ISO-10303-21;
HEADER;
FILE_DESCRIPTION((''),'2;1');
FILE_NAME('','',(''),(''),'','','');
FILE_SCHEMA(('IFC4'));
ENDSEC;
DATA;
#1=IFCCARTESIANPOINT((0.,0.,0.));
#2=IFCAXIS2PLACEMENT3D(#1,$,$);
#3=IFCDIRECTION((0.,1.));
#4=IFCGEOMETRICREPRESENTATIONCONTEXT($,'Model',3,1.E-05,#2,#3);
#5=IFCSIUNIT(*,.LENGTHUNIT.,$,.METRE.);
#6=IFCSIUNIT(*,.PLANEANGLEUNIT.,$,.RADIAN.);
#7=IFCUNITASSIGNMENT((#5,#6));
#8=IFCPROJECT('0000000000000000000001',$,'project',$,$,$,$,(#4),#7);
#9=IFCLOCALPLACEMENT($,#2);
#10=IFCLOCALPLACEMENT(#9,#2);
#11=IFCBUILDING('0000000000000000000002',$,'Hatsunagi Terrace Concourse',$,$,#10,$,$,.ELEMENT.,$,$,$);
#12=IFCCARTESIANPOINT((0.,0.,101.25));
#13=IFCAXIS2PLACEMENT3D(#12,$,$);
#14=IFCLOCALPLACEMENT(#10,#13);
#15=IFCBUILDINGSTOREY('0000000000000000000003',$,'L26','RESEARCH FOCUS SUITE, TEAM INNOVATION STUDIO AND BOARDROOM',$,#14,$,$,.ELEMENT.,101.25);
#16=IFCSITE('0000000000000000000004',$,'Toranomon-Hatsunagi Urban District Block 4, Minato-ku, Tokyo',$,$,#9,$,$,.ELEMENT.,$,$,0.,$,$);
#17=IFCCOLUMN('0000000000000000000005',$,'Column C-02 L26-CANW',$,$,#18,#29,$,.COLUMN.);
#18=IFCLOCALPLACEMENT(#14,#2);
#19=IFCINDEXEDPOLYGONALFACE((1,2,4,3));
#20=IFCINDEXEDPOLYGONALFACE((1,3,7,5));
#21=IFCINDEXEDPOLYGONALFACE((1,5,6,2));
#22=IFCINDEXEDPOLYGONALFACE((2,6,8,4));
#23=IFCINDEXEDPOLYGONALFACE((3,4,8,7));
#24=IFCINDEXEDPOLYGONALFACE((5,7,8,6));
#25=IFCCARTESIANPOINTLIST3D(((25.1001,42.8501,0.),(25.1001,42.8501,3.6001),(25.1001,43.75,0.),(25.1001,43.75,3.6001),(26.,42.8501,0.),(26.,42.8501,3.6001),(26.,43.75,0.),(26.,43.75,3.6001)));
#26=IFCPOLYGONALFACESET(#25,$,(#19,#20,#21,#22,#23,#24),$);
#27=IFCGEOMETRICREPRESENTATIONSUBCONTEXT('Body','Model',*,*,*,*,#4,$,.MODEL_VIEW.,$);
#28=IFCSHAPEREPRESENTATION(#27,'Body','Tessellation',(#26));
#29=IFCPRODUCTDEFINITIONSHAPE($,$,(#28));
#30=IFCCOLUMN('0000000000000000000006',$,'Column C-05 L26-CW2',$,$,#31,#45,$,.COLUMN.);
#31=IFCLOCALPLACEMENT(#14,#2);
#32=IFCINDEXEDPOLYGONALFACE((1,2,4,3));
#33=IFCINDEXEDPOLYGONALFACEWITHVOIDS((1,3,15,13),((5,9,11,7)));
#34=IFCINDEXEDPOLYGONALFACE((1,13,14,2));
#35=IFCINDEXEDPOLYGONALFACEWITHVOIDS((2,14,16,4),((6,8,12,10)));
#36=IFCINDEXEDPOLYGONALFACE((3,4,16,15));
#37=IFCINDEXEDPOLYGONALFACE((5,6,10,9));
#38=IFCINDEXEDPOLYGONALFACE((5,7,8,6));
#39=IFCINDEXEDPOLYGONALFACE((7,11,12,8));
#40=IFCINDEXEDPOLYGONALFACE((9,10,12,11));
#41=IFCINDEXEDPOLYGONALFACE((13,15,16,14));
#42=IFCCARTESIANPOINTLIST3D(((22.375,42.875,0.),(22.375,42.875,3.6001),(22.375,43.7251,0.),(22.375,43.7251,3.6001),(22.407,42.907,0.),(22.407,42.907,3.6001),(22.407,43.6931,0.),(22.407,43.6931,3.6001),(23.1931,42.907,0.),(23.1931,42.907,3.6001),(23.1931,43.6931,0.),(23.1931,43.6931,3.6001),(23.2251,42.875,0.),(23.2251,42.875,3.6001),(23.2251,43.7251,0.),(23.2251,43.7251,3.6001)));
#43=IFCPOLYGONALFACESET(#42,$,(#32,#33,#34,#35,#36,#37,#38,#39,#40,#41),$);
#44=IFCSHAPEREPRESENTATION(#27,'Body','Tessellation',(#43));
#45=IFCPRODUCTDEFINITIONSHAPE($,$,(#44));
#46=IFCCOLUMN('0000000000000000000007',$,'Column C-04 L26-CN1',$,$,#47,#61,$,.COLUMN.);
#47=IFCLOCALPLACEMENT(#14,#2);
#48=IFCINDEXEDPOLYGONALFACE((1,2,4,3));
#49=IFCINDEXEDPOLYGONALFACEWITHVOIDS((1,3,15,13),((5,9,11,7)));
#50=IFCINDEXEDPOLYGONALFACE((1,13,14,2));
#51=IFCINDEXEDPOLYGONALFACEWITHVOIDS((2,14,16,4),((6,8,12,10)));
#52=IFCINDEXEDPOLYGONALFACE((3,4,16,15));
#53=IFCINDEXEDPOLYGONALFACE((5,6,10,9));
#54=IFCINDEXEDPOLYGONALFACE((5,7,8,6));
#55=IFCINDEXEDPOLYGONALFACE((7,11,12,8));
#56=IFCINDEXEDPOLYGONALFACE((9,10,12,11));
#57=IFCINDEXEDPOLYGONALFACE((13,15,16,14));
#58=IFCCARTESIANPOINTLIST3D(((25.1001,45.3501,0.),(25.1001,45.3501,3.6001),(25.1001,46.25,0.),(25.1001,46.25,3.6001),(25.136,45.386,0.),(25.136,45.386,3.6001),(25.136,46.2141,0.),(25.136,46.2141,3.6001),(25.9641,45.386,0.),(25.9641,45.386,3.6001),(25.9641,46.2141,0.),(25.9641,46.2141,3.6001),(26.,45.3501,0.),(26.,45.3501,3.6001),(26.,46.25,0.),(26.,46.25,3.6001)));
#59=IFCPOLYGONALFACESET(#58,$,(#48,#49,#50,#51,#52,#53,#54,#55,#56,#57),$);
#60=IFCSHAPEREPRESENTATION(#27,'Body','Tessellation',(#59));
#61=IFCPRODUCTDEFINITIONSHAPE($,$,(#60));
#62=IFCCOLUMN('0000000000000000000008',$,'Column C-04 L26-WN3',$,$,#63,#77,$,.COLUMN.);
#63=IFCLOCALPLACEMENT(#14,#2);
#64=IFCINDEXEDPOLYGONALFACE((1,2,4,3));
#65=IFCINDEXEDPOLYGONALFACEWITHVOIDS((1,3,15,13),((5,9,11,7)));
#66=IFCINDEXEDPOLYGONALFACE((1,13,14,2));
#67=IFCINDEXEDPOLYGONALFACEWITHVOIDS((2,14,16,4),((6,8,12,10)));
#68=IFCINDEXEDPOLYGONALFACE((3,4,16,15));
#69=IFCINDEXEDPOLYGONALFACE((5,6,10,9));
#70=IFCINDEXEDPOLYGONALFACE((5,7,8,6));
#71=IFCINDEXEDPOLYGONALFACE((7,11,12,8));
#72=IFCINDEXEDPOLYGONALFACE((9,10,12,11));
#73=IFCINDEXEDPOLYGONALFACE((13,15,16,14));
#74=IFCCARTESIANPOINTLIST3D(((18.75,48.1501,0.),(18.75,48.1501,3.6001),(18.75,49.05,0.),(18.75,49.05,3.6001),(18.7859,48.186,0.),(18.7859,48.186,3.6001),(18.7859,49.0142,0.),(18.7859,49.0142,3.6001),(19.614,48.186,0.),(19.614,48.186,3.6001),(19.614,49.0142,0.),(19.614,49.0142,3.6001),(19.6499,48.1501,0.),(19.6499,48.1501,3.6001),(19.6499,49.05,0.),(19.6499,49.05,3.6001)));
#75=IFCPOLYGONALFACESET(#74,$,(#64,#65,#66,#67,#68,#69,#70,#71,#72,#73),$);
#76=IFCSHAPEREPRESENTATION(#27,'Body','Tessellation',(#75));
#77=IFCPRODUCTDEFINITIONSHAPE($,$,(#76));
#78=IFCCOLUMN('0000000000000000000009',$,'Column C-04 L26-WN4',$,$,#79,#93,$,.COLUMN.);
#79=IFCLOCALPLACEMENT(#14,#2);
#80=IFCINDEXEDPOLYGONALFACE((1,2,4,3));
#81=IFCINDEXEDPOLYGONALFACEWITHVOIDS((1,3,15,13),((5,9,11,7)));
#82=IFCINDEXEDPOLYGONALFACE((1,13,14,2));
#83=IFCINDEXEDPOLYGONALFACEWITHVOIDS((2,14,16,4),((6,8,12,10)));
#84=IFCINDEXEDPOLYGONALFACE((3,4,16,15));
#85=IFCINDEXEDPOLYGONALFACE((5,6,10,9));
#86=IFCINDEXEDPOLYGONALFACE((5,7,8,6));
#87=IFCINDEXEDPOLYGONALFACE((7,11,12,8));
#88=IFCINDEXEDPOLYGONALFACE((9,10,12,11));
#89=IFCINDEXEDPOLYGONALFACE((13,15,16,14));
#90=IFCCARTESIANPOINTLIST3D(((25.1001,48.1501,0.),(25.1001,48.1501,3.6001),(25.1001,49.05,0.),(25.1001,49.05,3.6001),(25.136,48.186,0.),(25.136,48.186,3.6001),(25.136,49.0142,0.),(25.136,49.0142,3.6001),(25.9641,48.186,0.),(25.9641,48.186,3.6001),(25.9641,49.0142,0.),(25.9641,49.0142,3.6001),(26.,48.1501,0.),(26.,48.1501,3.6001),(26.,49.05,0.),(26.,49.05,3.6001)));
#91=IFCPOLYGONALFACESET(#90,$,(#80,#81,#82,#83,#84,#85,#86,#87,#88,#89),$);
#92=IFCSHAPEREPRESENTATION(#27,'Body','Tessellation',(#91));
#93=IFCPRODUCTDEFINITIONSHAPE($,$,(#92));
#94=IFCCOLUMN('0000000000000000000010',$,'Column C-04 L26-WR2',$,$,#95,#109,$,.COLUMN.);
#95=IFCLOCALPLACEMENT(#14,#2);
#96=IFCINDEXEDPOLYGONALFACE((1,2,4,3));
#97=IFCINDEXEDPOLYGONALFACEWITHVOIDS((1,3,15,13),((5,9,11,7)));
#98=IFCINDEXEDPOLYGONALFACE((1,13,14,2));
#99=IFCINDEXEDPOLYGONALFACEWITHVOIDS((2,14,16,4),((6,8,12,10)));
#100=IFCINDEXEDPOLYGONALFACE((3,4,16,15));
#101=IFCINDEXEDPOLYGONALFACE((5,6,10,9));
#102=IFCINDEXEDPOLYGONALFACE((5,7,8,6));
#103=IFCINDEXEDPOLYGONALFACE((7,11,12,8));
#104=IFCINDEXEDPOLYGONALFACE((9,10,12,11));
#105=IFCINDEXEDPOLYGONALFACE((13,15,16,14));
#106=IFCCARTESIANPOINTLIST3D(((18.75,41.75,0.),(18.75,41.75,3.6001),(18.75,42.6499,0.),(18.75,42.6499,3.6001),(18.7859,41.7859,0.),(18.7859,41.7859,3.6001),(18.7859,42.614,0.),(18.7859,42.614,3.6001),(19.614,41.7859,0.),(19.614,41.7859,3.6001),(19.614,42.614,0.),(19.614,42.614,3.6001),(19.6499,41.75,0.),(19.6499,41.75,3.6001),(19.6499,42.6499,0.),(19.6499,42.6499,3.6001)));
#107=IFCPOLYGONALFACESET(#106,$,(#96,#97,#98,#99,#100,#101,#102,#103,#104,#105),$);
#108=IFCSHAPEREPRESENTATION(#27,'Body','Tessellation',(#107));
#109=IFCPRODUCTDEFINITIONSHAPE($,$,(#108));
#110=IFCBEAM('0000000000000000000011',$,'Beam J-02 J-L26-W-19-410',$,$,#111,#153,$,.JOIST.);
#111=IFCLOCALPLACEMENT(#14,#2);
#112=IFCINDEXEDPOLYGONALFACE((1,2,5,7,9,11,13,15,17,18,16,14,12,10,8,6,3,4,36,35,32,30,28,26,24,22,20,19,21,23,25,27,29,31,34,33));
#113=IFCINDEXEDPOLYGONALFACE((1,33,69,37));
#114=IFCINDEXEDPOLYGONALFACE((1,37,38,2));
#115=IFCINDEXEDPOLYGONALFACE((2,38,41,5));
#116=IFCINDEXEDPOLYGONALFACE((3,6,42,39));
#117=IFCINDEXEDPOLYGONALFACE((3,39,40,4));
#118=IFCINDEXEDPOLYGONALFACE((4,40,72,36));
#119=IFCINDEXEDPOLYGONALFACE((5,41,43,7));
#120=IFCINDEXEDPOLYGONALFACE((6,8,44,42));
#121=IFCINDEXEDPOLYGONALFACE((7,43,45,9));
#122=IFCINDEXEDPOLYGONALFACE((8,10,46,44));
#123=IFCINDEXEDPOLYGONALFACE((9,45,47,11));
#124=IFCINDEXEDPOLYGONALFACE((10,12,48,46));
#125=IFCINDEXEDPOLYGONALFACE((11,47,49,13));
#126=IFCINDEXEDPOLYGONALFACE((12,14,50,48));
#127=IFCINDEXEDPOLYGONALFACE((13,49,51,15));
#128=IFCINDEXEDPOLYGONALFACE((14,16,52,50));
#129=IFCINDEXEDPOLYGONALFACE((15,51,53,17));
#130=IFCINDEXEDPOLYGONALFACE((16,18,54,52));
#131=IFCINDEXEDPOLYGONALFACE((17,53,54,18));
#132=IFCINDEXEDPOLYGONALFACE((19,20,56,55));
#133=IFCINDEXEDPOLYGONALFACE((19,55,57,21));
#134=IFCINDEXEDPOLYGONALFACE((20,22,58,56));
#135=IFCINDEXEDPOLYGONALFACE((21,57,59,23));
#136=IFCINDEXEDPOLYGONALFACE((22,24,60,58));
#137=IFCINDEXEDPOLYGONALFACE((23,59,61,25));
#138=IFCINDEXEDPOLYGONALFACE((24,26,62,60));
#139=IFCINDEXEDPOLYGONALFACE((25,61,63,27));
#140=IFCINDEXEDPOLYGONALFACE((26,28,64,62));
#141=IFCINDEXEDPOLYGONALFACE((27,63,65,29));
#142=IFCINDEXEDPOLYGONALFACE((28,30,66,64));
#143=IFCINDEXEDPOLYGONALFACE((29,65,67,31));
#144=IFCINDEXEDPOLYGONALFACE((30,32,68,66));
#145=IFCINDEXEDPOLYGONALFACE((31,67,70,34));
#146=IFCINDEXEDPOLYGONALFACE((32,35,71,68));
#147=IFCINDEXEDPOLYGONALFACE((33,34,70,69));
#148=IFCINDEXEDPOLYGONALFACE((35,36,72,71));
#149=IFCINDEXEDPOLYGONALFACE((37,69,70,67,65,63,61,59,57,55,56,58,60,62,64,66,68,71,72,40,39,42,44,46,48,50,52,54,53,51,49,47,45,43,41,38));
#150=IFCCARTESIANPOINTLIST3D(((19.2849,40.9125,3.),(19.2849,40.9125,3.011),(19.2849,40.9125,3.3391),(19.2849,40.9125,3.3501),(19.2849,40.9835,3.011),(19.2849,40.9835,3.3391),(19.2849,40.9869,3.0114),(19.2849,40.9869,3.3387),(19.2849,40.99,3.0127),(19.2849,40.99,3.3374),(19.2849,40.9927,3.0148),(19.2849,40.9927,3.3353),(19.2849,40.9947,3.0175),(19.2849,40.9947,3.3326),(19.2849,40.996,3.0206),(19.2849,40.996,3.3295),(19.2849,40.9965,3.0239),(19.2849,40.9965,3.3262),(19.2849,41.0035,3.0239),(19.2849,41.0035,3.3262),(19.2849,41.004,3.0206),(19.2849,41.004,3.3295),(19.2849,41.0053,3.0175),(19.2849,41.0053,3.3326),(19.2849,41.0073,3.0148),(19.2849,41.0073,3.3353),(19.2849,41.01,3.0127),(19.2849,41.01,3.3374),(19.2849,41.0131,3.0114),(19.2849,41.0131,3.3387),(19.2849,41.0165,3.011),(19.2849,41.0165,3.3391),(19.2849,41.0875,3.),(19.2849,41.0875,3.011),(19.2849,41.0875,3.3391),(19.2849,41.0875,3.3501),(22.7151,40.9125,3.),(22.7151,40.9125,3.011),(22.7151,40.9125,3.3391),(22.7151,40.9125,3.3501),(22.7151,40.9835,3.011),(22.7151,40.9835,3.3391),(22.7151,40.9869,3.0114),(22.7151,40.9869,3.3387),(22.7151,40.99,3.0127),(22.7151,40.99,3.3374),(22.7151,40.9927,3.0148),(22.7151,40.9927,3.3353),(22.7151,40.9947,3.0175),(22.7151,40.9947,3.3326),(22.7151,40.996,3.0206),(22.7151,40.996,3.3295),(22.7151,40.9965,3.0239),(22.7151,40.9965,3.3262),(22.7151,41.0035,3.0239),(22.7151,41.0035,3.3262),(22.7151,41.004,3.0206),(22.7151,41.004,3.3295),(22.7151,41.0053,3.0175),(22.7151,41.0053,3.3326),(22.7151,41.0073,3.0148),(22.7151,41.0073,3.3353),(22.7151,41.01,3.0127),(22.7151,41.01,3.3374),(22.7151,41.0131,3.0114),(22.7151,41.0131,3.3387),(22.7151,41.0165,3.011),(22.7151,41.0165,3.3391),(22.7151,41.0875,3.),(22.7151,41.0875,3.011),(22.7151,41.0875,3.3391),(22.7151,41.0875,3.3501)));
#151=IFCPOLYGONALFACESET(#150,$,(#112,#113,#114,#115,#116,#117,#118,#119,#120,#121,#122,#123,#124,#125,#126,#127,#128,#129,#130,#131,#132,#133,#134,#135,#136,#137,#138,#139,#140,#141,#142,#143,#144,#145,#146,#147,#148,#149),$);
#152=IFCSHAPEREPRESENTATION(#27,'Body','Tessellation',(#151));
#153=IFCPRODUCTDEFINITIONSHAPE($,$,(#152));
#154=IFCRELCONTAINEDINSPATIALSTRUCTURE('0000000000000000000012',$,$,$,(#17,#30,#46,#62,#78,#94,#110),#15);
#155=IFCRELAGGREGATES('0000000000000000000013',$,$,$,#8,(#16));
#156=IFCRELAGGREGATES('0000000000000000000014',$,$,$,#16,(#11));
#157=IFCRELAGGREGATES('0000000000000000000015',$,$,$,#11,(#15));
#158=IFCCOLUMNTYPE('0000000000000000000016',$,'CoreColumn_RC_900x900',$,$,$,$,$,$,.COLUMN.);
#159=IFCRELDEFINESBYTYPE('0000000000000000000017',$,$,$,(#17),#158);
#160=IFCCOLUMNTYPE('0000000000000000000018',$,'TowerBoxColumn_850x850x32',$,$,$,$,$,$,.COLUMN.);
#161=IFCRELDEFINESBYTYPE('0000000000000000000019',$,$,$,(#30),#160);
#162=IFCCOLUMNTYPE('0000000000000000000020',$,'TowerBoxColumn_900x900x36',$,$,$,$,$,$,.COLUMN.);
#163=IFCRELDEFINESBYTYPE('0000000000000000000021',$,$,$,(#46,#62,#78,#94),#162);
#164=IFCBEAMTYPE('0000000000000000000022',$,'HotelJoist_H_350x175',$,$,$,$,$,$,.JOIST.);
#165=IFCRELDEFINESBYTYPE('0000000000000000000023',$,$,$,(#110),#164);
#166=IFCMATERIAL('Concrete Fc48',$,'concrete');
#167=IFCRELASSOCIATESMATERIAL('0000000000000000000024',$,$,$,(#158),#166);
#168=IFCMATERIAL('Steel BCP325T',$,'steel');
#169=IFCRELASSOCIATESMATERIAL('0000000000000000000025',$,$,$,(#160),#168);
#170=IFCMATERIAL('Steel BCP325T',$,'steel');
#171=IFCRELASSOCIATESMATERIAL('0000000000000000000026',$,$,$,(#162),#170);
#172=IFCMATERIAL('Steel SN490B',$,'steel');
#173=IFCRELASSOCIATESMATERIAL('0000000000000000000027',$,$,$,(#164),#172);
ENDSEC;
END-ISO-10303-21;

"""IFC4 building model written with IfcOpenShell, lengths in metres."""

from ifc_helpers import new_model, si_unit, direction, frame, origin, origin_2d, place, context, subcontext, project, spatial, rectangle, hollow_rectangle, i_section, extrude, material, material_profile, profile_set, type_object, element, save


model = new_model("IFC4")

# Units and contexts
model_context = context("Model", 3, precision=1e-05, world=origin(), true_north=direction((0.0, 1.0)))
body_context = subcontext(model_context, "Body", "Model", "MODEL_VIEW")
ifc_project = project(units=[si_unit("LENGTHUNIT", "METRE"), si_unit("PLANEANGLEUNIT", "RADIAN")], contexts=[model_context])

# Site, building, storey
site_placement = place(None, origin())
site = spatial("IfcSite", under=ifc_project, at=site_placement, Name="Toranomon-Hatsunagi Urban District Block 4, Minato-ku, Tokyo", CompositionType="ELEMENT", RefElevation=0.0)
building_placement = place(site_placement, origin())
building = spatial("IfcBuilding", under=site, at=building_placement, Name="Hatsunagi Terrace Concourse", CompositionType="ELEMENT")
storey_placement = place(building_placement, frame((0.0, 0.0, 101.25)))
storey = spatial("IfcBuildingStorey", under=building, at=storey_placement, Name="L26", Description="RESEARCH FOCUS SUITE, TEAM INNOVATION STUDIO AND BOARDROOM", CompositionType="ELEMENT", Elevation=101.25)

# Columns
ifc_material_1 = material(Name="Concrete Fc48", Category="concrete")
ifc_material_profile_1 = material_profile(ifc_material_1, rectangle(XDim=0.8999, YDim=0.8999, at=origin_2d()), Name="RC-900x900")
ifc_profile_set_1 = profile_set([ifc_material_profile_1], Name="Concrete Fc48")
column_type_1 = type_object("IfcColumnType", Name="CoreColumn_RC_900x900", PredefinedType="COLUMN", material=ifc_profile_set_1)
column_1_placement = place(storey_placement, frame((25.55, 43.3, 0.0), z_axis=(0.0, 0.0, 1.0), x_axis=(1.0, 0.0, 0.0)))
element("IfcColumn", 1, at=column_1_placement, inside=storey, type_object=column_type_1, Name="Column C-02 L26-CANW", PredefinedType="COLUMN", context=body_context, shape_type="SweptSolid", body=[
    extrude(rectangle(XDim=0.8999, YDim=0.8999, at=origin_2d()), origin(), (0.0, 0.0, 1.0), 3.6001),
])
ifc_material_2 = material(Name="Steel BCP325T", Category="steel")
ifc_material_profile_2 = material_profile(ifc_material_2, hollow_rectangle(XDim=0.8501, YDim=0.8501, WallThickness=0.032, at=origin_2d()), Name="BCP-850x850x32")
ifc_profile_set_2 = profile_set([ifc_material_profile_2], Name="Steel BCP325T")
column_type_2 = type_object("IfcColumnType", Name="TowerBoxColumn_850x850x32", PredefinedType="COLUMN", material=ifc_profile_set_2)
column_2_placement = place(storey_placement, frame((22.8, 43.3, 0.0), z_axis=(0.0, 0.0, 1.0), x_axis=(1.0, 0.0, 0.0)))
element("IfcColumn", 2, at=column_2_placement, inside=storey, type_object=column_type_2, Name="Column C-05 L26-CW2", PredefinedType="COLUMN", context=body_context, shape_type="SweptSolid", body=[
    extrude(hollow_rectangle(XDim=0.8501, YDim=0.8501, WallThickness=0.032, at=origin_2d()), origin(), (0.0, 0.0, 1.0), 3.6001),
])
ifc_material_3 = material(Name="Steel BCP325T", Category="steel")
ifc_material_profile_3 = material_profile(ifc_material_3, hollow_rectangle(XDim=0.8999, YDim=0.8999, WallThickness=0.0359, at=origin_2d()), Name="BCP-900x900x36")
ifc_profile_set_3 = profile_set([ifc_material_profile_3], Name="Steel BCP325T")
column_type_3 = type_object("IfcColumnType", Name="TowerBoxColumn_900x900x36", PredefinedType="COLUMN", material=ifc_profile_set_3)
for number, where, z_axis, x_axis, name in (
    (3, (25.55, 45.8, 0.0), (0.0, 0.0, 1.0), (1.0, 0.0, 0.0), "Column C-04 L26-CN1"),
    (4, (19.2, 48.6001, 0.0), (0.0, 0.0, 1.0), (1.0, 0.0, 0.0), "Column C-04 L26-WN3"),
    (5, (25.55, 48.6001, 0.0), (0.0, 0.0, 1.0), (1.0, 0.0, 0.0), "Column C-04 L26-WN4"),
    (6, (19.2, 42.2, 0.0), (0.0, 0.0, 1.0), (1.0, 0.0, 0.0), "Column C-04 L26-WR2"),
):
    element("IfcColumn", number, at=place(storey_placement, frame(where, z_axis=z_axis, x_axis=x_axis)), inside=storey, type_object=column_type_3, Name=name, PredefinedType="COLUMN", context=body_context, shape_type="SweptSolid", body=[
        extrude(hollow_rectangle(XDim=0.8999, YDim=0.8999, WallThickness=0.0359, at=origin_2d()), origin(), (0.0, 0.0, 1.0), 3.6001),
    ])

# Beam
ifc_material_4 = material(Name="Steel SN490B", Category="steel")
ifc_material_profile_4 = material_profile(ifc_material_4, i_section(OverallWidth=0.175, OverallDepth=0.3501, WebThickness=0.0071, FlangeThickness=0.011, FilletRadius=0.0129, at=origin_2d()), Name="H-350x175x7x11")
ifc_profile_set_4 = profile_set([ifc_material_profile_4], Name="Steel SN490B")
beam_type_1 = type_object("IfcBeamType", Name="HotelJoist_H_350x175", PredefinedType="JOIST", material=ifc_profile_set_4)
beam_1_placement = place(storey_placement, frame((19.2849, 41.0, 3.175), z_axis=(1.0, 0.0, 0.0), x_axis=(0.0, 1.0, 0.0)))
element("IfcBeam", 7, at=beam_1_placement, inside=storey, type_object=beam_type_1, Name="Beam J-02 J-L26-W-19-410", PredefinedType="JOIST", context=body_context, shape_type="SweptSolid", body=[
    extrude(i_section(OverallWidth=0.175, OverallDepth=0.3501, WebThickness=0.0071, FlangeThickness=0.011, FilletRadius=0.0129, at=origin_2d()), origin(), (0.0, 0.0, 1.0), 3.4302),
])

save(model, "model.ifc")
